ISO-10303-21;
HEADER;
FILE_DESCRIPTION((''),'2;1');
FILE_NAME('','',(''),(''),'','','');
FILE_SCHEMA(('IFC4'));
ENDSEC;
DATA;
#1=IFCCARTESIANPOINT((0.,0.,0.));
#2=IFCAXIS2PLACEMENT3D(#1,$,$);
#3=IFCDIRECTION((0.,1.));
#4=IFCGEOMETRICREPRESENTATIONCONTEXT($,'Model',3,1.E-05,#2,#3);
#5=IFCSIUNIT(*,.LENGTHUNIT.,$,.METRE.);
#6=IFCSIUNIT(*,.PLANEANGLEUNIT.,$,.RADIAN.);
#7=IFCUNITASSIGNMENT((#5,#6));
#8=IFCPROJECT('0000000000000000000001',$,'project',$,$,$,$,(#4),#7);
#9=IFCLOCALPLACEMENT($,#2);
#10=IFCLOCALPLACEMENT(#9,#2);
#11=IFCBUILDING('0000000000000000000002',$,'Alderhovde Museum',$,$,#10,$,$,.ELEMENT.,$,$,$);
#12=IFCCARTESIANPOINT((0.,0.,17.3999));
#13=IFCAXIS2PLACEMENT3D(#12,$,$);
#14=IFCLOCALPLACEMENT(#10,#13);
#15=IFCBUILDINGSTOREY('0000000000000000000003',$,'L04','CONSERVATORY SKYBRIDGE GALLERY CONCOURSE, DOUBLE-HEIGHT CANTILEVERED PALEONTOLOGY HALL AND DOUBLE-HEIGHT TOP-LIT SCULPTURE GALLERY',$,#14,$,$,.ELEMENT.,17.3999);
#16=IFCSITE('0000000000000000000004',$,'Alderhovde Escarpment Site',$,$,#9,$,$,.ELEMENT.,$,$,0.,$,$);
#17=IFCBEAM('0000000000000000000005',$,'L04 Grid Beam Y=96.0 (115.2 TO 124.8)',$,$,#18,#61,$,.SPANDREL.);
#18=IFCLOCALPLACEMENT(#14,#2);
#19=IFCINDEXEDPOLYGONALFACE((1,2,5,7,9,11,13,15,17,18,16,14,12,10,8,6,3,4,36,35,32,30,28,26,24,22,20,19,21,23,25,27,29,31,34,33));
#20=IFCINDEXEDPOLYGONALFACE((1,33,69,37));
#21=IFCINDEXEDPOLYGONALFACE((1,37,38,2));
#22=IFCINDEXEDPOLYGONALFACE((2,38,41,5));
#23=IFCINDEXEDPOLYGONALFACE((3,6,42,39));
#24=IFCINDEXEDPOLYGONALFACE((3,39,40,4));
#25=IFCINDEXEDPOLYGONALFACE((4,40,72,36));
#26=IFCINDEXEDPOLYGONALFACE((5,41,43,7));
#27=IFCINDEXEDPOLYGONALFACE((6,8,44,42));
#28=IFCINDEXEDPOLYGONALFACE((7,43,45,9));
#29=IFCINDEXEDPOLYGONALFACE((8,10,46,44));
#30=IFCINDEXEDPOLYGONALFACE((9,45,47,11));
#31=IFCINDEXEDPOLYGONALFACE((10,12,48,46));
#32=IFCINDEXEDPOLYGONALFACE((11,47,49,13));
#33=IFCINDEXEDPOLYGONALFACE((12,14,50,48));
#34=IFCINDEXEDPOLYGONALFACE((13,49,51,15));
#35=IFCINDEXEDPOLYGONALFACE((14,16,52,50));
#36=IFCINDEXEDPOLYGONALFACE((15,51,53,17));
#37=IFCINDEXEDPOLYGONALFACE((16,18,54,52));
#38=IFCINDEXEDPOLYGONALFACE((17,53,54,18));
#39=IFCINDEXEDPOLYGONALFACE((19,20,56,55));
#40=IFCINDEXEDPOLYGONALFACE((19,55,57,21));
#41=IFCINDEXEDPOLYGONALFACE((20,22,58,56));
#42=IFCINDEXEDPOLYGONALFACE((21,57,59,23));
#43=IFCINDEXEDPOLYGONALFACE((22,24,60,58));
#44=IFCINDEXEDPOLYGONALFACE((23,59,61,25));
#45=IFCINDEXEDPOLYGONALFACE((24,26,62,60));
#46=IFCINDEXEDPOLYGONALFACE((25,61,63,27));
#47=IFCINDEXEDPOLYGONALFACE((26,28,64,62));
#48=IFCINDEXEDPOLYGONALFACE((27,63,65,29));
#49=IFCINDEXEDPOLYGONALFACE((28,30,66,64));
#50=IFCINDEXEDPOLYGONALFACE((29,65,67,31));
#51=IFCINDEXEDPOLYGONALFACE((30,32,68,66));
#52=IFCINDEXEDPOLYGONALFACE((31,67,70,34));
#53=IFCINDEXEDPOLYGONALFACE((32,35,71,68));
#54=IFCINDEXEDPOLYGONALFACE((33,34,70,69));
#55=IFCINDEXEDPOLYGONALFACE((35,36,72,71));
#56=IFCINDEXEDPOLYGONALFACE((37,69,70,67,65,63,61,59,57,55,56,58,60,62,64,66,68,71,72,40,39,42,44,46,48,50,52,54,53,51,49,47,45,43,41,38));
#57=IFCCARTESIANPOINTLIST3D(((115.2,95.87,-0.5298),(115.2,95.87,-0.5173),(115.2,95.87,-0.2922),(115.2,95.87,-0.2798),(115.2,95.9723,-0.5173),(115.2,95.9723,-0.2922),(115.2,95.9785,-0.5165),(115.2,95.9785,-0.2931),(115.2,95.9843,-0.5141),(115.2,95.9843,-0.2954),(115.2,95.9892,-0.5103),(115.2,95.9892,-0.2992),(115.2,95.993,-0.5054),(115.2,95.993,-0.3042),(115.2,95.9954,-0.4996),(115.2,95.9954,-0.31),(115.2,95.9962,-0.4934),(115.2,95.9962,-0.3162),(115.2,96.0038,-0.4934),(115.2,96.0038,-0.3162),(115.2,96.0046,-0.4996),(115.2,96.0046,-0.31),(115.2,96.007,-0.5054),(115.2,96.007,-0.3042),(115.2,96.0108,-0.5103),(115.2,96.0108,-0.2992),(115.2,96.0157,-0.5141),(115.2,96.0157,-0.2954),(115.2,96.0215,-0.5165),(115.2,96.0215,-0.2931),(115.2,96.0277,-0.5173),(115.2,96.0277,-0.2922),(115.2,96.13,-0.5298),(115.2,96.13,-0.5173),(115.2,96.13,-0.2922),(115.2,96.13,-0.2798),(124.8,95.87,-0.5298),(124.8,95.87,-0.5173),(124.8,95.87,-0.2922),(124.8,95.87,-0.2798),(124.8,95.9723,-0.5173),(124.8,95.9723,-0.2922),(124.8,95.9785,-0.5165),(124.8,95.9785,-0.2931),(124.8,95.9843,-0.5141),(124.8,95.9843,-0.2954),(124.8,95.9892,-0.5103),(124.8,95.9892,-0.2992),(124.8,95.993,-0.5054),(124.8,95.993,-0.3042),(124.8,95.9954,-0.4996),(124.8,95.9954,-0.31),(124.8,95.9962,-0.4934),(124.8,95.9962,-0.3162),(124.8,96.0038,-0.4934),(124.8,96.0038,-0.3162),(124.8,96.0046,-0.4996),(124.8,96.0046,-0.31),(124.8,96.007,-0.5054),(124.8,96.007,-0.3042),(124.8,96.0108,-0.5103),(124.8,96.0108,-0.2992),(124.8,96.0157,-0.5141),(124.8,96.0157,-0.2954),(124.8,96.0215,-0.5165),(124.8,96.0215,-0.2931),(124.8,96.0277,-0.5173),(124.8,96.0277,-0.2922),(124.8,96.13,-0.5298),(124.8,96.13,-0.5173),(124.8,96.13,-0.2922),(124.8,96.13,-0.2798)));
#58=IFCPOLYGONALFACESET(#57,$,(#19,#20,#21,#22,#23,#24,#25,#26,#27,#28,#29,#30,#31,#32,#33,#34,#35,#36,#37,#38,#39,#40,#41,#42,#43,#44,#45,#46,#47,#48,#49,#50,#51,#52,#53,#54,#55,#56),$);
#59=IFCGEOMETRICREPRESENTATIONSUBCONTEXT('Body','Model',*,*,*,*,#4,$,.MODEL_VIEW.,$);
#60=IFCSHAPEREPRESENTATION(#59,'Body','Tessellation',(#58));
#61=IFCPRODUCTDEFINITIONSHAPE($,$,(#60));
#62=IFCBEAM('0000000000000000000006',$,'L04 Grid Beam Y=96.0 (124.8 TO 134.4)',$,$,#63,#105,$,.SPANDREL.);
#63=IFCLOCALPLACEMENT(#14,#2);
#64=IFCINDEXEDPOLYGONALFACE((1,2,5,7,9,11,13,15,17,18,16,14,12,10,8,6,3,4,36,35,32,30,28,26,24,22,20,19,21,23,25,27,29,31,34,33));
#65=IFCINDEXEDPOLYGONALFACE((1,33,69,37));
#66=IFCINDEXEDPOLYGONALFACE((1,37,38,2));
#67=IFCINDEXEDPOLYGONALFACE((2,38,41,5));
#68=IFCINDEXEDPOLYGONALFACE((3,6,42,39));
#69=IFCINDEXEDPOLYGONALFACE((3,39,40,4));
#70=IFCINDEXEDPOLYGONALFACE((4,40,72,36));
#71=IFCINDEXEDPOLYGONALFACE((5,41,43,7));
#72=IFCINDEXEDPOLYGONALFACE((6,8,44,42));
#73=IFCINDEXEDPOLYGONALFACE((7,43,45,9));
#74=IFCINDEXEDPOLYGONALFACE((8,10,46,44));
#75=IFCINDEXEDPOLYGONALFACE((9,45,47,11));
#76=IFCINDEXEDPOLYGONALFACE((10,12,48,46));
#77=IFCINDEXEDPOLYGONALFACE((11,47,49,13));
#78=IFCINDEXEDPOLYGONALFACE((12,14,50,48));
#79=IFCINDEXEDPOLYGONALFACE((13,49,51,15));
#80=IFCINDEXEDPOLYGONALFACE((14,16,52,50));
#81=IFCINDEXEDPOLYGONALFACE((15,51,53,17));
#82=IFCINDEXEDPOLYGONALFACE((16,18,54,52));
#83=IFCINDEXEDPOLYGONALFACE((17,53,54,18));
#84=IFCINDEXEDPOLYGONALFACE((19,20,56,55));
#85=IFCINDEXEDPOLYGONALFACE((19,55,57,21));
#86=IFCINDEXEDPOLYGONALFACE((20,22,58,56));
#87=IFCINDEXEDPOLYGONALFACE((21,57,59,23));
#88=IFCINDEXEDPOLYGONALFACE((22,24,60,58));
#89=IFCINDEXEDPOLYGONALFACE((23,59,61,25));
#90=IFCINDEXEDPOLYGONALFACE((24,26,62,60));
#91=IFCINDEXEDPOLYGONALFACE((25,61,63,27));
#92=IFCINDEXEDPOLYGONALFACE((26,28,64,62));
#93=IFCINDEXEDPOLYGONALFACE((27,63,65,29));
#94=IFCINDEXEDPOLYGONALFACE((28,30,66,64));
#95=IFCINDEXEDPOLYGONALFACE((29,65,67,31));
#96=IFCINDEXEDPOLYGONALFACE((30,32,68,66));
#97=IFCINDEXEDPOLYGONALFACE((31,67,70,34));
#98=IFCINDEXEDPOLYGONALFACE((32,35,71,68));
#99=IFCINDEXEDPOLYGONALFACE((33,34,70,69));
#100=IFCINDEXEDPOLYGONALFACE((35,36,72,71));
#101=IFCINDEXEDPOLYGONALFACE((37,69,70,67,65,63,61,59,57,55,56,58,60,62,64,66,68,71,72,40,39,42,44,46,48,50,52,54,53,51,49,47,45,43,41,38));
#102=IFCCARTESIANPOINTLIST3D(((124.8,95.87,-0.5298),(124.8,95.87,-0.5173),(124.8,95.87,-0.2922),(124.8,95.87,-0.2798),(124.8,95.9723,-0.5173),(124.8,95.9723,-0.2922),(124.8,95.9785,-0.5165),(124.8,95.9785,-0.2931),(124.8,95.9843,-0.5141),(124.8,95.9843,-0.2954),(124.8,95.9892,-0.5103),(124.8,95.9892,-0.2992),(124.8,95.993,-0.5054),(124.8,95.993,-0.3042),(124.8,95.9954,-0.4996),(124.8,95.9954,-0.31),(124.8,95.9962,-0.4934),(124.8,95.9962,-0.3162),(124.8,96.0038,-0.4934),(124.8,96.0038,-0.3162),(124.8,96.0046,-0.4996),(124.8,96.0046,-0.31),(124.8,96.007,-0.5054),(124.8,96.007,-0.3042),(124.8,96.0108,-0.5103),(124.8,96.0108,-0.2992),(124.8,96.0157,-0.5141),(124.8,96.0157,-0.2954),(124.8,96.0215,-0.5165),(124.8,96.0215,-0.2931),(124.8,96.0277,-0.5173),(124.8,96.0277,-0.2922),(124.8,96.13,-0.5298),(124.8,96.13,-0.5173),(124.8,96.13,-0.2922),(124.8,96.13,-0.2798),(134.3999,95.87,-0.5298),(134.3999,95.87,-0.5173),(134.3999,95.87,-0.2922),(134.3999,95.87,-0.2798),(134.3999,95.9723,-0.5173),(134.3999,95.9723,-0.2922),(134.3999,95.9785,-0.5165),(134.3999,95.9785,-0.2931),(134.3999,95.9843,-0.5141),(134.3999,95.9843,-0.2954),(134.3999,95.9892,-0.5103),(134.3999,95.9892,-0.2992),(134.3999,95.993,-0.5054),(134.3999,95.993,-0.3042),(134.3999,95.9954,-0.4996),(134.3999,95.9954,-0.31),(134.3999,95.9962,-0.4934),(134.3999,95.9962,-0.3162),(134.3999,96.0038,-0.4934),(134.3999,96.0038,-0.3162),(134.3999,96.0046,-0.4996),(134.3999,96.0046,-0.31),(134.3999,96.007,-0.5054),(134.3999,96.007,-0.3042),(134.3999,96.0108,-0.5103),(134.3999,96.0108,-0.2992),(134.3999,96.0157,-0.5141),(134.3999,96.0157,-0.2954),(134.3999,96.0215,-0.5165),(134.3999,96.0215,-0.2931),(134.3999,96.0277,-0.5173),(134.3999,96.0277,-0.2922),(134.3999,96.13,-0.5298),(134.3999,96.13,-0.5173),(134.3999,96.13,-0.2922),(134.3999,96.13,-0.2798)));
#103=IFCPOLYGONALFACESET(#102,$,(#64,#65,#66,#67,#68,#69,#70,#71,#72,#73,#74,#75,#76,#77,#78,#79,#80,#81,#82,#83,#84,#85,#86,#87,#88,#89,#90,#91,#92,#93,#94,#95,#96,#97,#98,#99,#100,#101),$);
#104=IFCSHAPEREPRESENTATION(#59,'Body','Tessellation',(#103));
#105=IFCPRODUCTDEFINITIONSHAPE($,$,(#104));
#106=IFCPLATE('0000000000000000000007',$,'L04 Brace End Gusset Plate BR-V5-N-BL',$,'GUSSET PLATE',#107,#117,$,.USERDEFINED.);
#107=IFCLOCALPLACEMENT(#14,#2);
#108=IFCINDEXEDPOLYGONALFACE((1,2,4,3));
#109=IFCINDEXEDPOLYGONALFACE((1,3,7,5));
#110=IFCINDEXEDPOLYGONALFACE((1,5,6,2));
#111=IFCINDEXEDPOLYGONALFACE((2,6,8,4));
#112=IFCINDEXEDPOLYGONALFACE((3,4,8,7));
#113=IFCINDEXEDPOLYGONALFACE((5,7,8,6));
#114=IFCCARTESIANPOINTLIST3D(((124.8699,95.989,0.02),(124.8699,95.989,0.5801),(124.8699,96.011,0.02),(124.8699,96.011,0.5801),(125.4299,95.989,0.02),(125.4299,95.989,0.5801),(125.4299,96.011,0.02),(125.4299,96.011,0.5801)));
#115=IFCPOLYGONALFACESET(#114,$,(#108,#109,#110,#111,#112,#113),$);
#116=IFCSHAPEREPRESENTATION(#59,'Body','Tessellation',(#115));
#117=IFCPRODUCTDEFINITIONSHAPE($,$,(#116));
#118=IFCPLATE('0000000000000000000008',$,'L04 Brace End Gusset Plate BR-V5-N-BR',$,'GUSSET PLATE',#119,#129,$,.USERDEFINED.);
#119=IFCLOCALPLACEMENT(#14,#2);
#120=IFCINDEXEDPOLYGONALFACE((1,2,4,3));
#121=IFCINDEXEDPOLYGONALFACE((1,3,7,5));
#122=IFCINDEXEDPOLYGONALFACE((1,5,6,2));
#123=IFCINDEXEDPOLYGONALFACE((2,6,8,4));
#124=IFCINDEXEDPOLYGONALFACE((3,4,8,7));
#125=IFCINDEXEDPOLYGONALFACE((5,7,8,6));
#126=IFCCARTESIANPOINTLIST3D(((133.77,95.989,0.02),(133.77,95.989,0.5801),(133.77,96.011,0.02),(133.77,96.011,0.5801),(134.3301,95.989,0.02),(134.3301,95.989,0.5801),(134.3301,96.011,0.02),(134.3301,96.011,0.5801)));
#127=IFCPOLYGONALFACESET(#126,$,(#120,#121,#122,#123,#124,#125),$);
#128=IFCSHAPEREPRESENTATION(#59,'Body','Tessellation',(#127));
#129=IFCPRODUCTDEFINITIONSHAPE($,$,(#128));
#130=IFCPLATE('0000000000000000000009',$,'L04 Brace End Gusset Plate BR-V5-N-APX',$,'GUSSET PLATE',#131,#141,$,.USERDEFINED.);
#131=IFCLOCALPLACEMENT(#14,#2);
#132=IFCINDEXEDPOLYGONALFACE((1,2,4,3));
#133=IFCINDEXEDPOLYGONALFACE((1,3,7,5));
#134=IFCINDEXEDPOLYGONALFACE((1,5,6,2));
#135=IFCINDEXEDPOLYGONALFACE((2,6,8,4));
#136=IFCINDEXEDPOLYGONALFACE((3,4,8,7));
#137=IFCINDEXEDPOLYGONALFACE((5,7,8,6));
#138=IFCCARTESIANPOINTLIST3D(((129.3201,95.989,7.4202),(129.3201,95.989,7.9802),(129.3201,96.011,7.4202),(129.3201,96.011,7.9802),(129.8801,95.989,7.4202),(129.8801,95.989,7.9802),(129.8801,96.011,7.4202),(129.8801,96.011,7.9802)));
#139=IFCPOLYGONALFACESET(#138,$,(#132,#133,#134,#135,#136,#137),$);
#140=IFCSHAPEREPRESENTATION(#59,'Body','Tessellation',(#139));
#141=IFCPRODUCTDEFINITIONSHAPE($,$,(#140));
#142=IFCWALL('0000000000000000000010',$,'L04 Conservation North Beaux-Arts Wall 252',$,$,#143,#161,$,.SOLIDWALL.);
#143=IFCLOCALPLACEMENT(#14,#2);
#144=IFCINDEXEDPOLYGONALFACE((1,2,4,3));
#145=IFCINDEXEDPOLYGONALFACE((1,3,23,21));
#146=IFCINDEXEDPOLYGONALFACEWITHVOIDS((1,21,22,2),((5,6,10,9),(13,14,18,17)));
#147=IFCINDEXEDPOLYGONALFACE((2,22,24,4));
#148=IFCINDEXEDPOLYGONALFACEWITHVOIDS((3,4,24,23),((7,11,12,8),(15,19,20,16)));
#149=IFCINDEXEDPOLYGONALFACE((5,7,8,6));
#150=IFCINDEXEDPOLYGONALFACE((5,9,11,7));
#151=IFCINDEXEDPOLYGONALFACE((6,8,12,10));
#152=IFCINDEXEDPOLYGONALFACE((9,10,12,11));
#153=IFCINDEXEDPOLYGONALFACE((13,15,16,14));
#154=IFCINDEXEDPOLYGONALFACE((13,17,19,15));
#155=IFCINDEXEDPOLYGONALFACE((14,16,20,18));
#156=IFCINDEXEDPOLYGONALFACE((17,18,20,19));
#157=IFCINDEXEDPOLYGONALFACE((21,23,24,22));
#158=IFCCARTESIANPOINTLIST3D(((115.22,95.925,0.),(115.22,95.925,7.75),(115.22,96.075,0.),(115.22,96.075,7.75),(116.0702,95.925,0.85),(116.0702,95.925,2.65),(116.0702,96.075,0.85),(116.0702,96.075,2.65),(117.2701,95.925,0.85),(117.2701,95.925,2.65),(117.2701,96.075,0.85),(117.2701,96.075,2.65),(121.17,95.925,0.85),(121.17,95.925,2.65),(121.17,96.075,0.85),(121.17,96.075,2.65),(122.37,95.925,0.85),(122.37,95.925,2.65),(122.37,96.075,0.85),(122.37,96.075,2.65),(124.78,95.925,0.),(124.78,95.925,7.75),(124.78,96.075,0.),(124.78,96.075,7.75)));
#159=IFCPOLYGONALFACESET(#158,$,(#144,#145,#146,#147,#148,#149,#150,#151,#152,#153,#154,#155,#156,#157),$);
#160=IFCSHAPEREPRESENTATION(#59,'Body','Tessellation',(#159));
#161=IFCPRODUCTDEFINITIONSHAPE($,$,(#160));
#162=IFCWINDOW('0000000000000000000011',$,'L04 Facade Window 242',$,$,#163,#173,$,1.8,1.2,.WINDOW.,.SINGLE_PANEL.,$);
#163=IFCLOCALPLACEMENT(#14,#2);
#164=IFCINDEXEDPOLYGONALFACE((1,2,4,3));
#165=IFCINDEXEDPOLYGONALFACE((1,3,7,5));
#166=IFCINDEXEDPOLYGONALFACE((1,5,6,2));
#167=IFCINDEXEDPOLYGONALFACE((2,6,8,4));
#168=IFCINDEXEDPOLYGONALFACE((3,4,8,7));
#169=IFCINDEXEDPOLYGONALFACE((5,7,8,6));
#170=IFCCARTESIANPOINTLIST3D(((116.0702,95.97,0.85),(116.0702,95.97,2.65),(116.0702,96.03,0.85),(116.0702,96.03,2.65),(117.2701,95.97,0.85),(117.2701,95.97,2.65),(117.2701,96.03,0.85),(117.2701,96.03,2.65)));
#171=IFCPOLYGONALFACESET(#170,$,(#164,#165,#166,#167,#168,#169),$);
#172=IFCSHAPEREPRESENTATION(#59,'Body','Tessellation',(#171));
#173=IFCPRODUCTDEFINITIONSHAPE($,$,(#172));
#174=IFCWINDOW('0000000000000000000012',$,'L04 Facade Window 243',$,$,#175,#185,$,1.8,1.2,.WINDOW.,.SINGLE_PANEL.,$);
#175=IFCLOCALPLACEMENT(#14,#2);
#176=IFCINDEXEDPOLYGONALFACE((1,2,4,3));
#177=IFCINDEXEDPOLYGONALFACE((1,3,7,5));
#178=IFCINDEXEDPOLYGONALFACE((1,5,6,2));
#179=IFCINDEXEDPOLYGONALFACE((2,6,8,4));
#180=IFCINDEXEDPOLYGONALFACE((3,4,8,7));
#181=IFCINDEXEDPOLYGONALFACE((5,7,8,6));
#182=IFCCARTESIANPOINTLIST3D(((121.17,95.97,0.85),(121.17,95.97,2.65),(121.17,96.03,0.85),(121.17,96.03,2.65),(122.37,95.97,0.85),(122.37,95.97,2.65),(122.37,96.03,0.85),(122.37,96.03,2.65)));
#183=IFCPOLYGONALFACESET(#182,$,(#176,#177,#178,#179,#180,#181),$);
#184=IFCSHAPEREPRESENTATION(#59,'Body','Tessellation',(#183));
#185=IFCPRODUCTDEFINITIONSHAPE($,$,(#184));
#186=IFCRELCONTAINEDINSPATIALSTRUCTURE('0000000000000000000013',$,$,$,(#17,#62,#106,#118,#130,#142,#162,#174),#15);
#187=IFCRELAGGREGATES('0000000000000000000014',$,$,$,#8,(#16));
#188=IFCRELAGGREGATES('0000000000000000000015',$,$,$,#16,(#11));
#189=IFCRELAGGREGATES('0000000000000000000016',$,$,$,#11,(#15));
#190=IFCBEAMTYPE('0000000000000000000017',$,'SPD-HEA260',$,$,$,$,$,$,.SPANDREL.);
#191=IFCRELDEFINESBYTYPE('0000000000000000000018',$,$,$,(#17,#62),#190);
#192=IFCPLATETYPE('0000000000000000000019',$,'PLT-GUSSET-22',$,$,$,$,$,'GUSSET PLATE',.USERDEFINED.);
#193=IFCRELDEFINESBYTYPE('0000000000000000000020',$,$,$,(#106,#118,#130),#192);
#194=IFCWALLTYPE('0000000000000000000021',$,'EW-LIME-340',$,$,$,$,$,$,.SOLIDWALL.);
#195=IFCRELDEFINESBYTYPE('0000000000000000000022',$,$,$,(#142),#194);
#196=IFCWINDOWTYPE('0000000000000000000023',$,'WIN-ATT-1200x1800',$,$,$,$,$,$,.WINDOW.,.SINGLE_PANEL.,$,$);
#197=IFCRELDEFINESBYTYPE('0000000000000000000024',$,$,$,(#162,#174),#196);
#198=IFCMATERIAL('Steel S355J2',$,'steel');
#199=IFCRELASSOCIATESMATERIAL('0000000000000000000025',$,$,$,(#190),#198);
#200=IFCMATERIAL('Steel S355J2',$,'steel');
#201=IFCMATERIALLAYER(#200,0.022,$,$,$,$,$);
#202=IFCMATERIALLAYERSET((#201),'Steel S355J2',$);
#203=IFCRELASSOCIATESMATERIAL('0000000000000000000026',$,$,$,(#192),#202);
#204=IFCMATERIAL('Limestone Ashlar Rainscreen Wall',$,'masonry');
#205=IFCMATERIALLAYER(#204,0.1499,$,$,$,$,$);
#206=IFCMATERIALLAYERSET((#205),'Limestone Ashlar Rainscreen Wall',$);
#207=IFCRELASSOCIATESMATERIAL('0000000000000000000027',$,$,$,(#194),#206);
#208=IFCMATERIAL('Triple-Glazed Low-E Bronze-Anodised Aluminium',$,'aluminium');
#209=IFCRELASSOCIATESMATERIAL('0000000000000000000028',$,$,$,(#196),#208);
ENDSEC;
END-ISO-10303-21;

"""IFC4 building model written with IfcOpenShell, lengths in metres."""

from ifc_helpers import new_model, si_unit, direction, frame, frame_2d, origin, origin_2d, place, context, subcontext, project, spatial, rectangle, i_section, extrude, material, layer, layer_set, material_profile, profile_set, type_object, element, fill, save


model = new_model("IFC4")

# Units and contexts
model_context = context("Model", 3, precision=1e-05, world=origin(), true_north=direction((0.0, 1.0)))
body_context = subcontext(model_context, "Body", "Model", "MODEL_VIEW")
ifc_project = project(units=[si_unit("LENGTHUNIT", "METRE"), si_unit("PLANEANGLEUNIT", "RADIAN")], contexts=[model_context])

# Site, building, storey
site_placement = place(None, origin())
site = spatial("IfcSite", under=ifc_project, at=site_placement, Name="Alderhovde Escarpment Site", CompositionType="ELEMENT", RefElevation=0.0)
building_placement = place(site_placement, origin())
building = spatial("IfcBuilding", under=site, at=building_placement, Name="Alderhovde Museum", CompositionType="ELEMENT")
storey_placement = place(building_placement, frame((0.0, 0.0, 17.3999)))
storey = spatial("IfcBuildingStorey", under=building, at=storey_placement, Name="L04", Description="CONSERVATORY SKYBRIDGE GALLERY CONCOURSE, DOUBLE-HEIGHT CANTILEVERED PALEONTOLOGY HALL AND DOUBLE-HEIGHT TOP-LIT SCULPTURE GALLERY", CompositionType="ELEMENT", Elevation=17.3999)

# Beams
ifc_material_1 = material(Name="Steel S355J2", Category="steel")
ifc_material_profile_1 = material_profile(ifc_material_1, i_section(OverallWidth=0.26, OverallDepth=0.25, WebThickness=0.0076, FlangeThickness=0.0125, FilletRadius=0.0239, at=origin_2d()), Name="HEA 260")
ifc_profile_set_1 = profile_set([ifc_material_profile_1], Name="Steel S355J2")
beam_type_1 = type_object("IfcBeamType", Name="SPD-HEA260", PredefinedType="SPANDREL", material=ifc_profile_set_1)
beam_1_placement = place(storey_placement, frame((115.2, 96.0, -0.4048), z_axis=(1.0, 0.0, 0.0), x_axis=(0.0, 1.0, 0.0)))
element("IfcBeam", 1, at=beam_1_placement, inside=storey, type_object=beam_type_1, Name="L04 Grid Beam Y=96.0 (115.2 TO 124.8)", PredefinedType="SPANDREL", context=body_context, shape_type="SweptSolid", body=[
    extrude(i_section(OverallWidth=0.26, OverallDepth=0.25, WebThickness=0.0076, FlangeThickness=0.0125, FilletRadius=0.0239, at=origin_2d()), origin(), (0.0, 0.0, 1.0), 9.6001),
])
beam_2_placement = place(storey_placement, frame((124.8, 96.0, -0.4048), z_axis=(1.0, 0.0, 0.0), x_axis=(0.0, 1.0, 0.0)))
element("IfcBeam", 2, at=beam_2_placement, inside=storey, type_object=beam_type_1, Name="L04 Grid Beam Y=96.0 (124.8 TO 134.4)", PredefinedType="SPANDREL", context=body_context, shape_type="SweptSolid", body=[
    extrude(i_section(OverallWidth=0.26, OverallDepth=0.25, WebThickness=0.0076, FlangeThickness=0.0125, FilletRadius=0.0239, at=origin_2d()), origin(), (0.0, 0.0, 1.0), 9.5999),
])

# Plates
ifc_material_2 = material(Name="Steel S355J2", Category="steel")
ifc_layer_1 = layer(ifc_material_2, 0.022)
ifc_layer_set_1 = layer_set([ifc_layer_1], Name="Steel S355J2")
plate_type = type_object("IfcPlateType", Name="PLT-GUSSET-22", ElementType="GUSSET PLATE", PredefinedType="USERDEFINED", material=ifc_layer_set_1)
for number, where, z_axis, x_axis, name in (
    (3, (125.1499, 96.0, 0.02), (0.0, 0.0, 1.0), (1.0, 0.0, 0.0), "L04 Brace End Gusset Plate BR-V5-N-BL"),
    (4, (134.05, 96.0, 0.02), (0.0, 0.0, 1.0), (1.0, 0.0, 0.0), "L04 Brace End Gusset Plate BR-V5-N-BR"),
    (5, (129.6001, 96.0, 7.4202), (0.0, 0.0, 1.0), (1.0, 0.0, 0.0), "L04 Brace End Gusset Plate BR-V5-N-APX"),
):
    element("IfcPlate", number, at=place(storey_placement, frame(where, z_axis=z_axis, x_axis=x_axis)), inside=storey, type_object=plate_type, Name=name, ObjectType="GUSSET PLATE", PredefinedType="USERDEFINED", context=body_context, shape_type="SweptSolid", body=[
        extrude(rectangle(XDim=0.5601, YDim=0.022, at=origin_2d()), origin(), (0.0, 0.0, 1.0), 0.5601),
    ])

# Wall, openings, windows
ifc_material_3 = material(Name="Limestone Ashlar Rainscreen Wall", Category="masonry")
ifc_layer_2 = layer(ifc_material_3, 0.1499)
ifc_layer_set_2 = layer_set([ifc_layer_2], Name="Limestone Ashlar Rainscreen Wall")
wall_type_1 = type_object("IfcWallType", Name="EW-LIME-340", PredefinedType="SOLIDWALL", material=ifc_layer_set_2)
wall_1_placement = place(storey_placement, frame((115.22, 96.0, 0.0), z_axis=(0.0, 0.0, 1.0), x_axis=(1.0, 0.0, 0.0)))
wall_1 = element("IfcWall", 6, at=wall_1_placement, inside=storey, type_object=wall_type_1, Name="L04 Conservation North Beaux-Arts Wall 252", PredefinedType="SOLIDWALL", context=body_context, shape_type="SweptSolid", body=[
    extrude(rectangle(XDim=9.5601, YDim=0.1499, at=frame_2d((4.78, 0.0))), origin(), (0.0, 0.0, 1.0), 7.75),
])
opening_1_placement = place(wall_1_placement, frame((0.8501, 0.0, 0.8501)))
opening_1 = element("IfcOpeningElement", 7, at=opening_1_placement, cuts=wall_1, PredefinedType="OPENING", context=body_context, shape_type="SweptSolid", body=[
    extrude(rectangle(XDim=1.2, YDim=1.8, at=frame_2d((0.6001, 0.8999))), frame((0.0, 0.085, 0.0), z_axis=(0.0, -1.0, 0.0), x_axis=(1.0, 0.0, 0.0)), (0.0, 0.0, 1.0), 0.1699),
])
opening_2_placement = place(wall_1_placement, frame((5.95, 0.0, 0.8501)))
opening_2 = element("IfcOpeningElement", 8, at=opening_2_placement, cuts=wall_1, PredefinedType="OPENING", context=body_context, shape_type="SweptSolid", body=[
    extrude(rectangle(XDim=1.2, YDim=1.8, at=frame_2d((0.6001, 0.8999))), frame((0.0, 0.085, 0.0), z_axis=(0.0, -1.0, 0.0), x_axis=(1.0, 0.0, 0.0)), (0.0, 0.0, 1.0), 0.1699),
])
ifc_material_4 = material(Name="Triple-Glazed Low-E Bronze-Anodised Aluminium", Category="aluminium")
window_type = type_object("IfcWindowType", Name="WIN-ATT-1200x1800", PartitioningType="SINGLE_PANEL", PredefinedType="WINDOW", material=ifc_material_4)
window_1_placement = place(opening_1_placement, origin())
window_1 = element("IfcWindow", 9, at=window_1_placement, inside=storey, type_object=window_type, Name="L04 Facade Window 242", OverallHeight=1.8, OverallWidth=1.2, PartitioningType="SINGLE_PANEL", PredefinedType="WINDOW", context=body_context, shape_type="SweptSolid", body=[
    extrude(rectangle(XDim=1.2, YDim=1.8, at=frame_2d((0.6001, 0.8999))), frame((0.0, 0.03, 0.0), z_axis=(0.0, -1.0, 0.0), x_axis=(1.0, 0.0, 0.0)), (0.0, 0.0, 1.0), 0.0601),
])
fill(opening_1, window_1)
window_2_placement = place(opening_2_placement, origin())
window_2 = element("IfcWindow", 10, at=window_2_placement, inside=storey, type_object=window_type, Name="L04 Facade Window 243", OverallHeight=1.8, OverallWidth=1.2, PartitioningType="SINGLE_PANEL", PredefinedType="WINDOW", context=body_context, shape_type="SweptSolid", body=[
    extrude(rectangle(XDim=1.2, YDim=1.8, at=frame_2d((0.6001, 0.8999))), frame((0.0, 0.03, 0.0), z_axis=(0.0, -1.0, 0.0), x_axis=(1.0, 0.0, 0.0)), (0.0, 0.0, 1.0), 0.0601),
])
fill(opening_2, window_2)

save(model, "model.ifc")
